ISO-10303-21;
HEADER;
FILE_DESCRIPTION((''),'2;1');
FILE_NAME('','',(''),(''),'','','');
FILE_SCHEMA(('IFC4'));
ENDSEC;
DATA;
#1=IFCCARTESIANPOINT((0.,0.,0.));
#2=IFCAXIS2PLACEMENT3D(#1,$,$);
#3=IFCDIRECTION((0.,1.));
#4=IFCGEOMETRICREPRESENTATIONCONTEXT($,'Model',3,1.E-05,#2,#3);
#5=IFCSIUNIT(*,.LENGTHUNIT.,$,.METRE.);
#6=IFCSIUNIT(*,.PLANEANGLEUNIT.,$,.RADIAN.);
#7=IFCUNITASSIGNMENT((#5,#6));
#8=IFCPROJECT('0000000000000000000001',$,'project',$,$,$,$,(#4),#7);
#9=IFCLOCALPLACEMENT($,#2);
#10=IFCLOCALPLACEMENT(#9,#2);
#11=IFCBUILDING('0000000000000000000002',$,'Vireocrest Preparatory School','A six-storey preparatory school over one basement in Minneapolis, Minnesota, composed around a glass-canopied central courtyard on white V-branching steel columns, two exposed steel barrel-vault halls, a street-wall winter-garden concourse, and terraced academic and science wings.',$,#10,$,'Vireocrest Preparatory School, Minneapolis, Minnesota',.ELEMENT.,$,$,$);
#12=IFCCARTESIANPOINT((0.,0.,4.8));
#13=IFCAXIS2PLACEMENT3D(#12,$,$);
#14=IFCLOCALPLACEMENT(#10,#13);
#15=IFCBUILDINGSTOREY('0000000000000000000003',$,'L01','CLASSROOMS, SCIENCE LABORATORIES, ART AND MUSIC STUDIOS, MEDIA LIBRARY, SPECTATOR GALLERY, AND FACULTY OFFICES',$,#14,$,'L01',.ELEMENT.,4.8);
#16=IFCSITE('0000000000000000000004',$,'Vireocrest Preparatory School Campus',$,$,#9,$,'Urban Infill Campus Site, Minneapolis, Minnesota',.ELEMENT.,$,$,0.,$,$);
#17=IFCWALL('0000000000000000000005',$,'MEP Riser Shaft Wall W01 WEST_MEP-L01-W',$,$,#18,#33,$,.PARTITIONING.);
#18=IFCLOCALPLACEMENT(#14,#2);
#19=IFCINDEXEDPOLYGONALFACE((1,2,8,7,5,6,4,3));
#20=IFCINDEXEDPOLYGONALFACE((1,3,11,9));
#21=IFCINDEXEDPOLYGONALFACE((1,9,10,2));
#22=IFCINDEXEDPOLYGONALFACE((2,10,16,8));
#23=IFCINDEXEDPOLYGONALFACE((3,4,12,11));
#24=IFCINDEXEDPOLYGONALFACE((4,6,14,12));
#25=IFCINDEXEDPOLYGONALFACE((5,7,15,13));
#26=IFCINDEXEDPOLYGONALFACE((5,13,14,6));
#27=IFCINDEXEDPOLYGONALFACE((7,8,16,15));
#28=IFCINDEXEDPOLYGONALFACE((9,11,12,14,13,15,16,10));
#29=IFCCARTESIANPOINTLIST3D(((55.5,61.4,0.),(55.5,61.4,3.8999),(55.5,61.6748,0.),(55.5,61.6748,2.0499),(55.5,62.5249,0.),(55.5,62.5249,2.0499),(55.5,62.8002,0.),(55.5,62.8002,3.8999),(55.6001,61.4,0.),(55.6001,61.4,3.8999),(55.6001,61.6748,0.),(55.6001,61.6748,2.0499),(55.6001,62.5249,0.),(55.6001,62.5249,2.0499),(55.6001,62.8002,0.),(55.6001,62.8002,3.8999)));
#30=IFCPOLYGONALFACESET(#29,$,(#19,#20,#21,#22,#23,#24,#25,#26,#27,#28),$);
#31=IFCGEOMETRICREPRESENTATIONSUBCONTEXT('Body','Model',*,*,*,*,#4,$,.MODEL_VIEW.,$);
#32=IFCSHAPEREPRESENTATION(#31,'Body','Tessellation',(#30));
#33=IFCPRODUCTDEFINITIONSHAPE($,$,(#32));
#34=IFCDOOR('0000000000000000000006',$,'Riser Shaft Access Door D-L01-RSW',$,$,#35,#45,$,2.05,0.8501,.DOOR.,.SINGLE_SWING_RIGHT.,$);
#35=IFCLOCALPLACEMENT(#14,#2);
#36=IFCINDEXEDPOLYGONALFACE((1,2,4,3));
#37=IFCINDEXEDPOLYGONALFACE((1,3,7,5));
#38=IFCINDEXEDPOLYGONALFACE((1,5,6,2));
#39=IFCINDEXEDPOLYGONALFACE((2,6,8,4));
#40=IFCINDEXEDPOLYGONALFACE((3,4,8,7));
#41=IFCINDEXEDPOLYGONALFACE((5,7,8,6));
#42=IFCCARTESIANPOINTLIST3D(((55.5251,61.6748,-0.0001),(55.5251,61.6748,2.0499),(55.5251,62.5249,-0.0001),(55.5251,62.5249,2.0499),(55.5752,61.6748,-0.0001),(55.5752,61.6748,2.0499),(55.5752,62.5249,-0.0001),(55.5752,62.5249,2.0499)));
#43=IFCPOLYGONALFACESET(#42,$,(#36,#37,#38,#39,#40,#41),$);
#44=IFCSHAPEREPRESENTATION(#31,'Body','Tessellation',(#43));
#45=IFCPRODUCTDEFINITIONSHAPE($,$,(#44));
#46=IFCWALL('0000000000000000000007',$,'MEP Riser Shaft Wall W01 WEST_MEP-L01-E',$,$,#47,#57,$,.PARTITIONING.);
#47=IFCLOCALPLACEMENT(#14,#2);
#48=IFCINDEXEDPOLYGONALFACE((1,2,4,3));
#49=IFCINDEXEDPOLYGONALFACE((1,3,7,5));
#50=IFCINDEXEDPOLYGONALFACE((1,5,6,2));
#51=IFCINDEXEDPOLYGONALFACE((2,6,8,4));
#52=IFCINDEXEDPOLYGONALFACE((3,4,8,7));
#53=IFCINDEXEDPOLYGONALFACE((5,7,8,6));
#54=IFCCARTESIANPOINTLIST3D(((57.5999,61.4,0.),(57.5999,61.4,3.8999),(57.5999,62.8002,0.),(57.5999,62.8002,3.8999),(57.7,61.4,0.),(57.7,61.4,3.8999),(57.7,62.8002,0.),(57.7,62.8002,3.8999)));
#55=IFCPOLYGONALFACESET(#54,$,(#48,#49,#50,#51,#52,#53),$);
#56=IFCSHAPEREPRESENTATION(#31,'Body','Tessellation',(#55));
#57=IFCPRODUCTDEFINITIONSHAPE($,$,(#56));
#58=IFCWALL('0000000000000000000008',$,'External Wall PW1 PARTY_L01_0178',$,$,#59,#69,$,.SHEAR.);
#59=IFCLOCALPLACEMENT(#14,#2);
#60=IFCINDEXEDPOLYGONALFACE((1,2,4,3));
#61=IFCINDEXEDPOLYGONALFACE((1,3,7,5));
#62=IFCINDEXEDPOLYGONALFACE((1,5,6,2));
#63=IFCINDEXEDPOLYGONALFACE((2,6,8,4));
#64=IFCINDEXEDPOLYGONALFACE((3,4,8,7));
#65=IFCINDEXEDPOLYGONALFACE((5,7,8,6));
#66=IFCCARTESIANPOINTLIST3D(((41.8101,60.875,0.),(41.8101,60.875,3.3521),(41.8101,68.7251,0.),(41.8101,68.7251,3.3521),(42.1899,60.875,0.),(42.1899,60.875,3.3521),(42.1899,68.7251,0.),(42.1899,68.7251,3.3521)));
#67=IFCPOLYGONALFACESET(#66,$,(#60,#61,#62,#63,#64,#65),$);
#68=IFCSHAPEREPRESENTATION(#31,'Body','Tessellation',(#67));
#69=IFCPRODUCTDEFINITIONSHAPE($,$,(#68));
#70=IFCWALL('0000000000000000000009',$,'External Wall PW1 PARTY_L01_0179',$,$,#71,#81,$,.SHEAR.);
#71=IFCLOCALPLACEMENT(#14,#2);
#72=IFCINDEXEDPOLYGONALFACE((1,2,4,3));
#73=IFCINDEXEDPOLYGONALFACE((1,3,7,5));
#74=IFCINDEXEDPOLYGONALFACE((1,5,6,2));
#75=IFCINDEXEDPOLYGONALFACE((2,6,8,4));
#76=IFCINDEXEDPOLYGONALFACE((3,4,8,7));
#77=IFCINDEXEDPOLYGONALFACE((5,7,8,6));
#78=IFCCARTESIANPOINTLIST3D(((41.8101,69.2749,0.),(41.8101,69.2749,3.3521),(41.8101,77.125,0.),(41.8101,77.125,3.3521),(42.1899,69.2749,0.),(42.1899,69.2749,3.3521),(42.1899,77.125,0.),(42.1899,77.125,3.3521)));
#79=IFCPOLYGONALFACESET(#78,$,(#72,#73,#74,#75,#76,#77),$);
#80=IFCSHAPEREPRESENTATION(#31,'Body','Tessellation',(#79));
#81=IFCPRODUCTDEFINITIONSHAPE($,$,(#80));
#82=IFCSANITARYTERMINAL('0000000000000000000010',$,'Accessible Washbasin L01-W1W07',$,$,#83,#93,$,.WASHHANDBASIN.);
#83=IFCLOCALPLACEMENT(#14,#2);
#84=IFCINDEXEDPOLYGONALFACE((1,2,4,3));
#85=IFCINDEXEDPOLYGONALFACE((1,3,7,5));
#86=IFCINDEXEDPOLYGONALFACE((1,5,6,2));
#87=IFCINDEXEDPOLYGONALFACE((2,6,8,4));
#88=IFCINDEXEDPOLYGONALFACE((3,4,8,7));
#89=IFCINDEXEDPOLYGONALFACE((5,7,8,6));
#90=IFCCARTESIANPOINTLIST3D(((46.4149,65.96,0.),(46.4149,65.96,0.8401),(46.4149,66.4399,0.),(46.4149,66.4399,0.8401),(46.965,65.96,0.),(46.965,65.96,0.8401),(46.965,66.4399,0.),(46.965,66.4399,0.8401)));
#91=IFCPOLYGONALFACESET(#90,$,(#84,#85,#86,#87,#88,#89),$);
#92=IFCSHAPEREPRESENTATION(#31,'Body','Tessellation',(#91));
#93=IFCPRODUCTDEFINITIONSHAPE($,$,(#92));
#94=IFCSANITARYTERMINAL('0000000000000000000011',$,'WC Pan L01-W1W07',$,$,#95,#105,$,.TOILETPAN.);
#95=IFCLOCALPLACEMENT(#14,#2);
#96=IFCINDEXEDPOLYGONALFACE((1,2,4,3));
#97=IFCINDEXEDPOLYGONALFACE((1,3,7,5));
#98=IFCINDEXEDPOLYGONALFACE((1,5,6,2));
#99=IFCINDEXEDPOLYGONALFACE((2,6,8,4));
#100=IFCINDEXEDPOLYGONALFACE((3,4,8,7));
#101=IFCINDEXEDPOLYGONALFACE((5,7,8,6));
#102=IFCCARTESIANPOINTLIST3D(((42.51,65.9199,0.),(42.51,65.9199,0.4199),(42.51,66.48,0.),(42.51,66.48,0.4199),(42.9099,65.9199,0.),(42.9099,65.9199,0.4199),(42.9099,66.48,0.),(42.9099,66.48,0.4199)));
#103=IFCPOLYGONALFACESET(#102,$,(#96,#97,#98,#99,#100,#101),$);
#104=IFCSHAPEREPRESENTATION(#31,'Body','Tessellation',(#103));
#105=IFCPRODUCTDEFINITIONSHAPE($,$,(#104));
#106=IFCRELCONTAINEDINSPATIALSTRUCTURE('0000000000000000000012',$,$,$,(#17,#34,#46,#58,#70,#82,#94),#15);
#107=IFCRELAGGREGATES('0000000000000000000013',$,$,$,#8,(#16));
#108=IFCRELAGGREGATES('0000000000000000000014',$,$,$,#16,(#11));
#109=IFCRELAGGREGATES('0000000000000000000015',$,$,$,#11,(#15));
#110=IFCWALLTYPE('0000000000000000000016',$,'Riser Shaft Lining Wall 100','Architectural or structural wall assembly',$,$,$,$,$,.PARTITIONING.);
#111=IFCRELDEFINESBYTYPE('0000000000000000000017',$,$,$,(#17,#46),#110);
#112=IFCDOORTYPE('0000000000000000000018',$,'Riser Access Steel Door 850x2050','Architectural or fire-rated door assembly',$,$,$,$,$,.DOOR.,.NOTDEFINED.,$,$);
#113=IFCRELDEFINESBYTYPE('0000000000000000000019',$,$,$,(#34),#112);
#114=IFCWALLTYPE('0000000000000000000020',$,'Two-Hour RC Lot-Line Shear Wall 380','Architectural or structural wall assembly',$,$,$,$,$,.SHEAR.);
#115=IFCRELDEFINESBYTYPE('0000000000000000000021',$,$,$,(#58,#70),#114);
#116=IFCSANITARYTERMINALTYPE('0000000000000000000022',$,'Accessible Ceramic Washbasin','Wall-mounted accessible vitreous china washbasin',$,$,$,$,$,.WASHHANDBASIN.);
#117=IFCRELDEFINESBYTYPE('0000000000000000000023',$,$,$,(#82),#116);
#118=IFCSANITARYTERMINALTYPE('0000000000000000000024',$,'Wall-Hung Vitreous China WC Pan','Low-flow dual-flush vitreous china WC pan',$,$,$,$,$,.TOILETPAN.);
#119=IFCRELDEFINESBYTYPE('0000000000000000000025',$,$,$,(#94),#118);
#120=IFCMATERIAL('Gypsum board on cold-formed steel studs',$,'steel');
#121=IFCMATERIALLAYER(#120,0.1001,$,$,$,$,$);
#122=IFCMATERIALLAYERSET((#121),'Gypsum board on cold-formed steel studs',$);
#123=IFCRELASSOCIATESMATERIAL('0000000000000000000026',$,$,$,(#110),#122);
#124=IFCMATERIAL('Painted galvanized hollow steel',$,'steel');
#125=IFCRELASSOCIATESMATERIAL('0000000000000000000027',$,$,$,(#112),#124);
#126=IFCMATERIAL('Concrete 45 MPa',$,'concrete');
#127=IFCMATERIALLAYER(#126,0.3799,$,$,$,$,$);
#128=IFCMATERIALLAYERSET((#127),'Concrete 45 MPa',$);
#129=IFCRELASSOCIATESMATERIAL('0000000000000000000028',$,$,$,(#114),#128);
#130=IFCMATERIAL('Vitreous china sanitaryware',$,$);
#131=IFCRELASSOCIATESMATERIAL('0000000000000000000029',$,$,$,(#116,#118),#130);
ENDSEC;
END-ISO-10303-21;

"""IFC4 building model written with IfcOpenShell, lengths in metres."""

from ifc_helpers import new_model, si_unit, direction, frame, frame_2d, origin, origin_2d, place, context, subcontext, project, spatial, rectangle, extrude, material, layer, layer_set, type_object, element, fill, save


model = new_model("IFC4")

# Units and contexts
model_context = context("Model", 3, precision=1e-05, world=origin(), true_north=direction((0.0, 1.0)))
body_context = subcontext(model_context, "Body", "Model", "MODEL_VIEW")
ifc_project = project(units=[si_unit("LENGTHUNIT", "METRE"), si_unit("PLANEANGLEUNIT", "RADIAN")], contexts=[model_context])

# Site, building, storey
site_placement = place(None, origin())
site = spatial("IfcSite", under=ifc_project, at=site_placement, Name="Vireocrest Preparatory School Campus", LongName="Urban Infill Campus Site, Minneapolis, Minnesota", CompositionType="ELEMENT", RefElevation=0.0)
building_placement = place(site_placement, origin())
building = spatial("IfcBuilding", under=site, at=building_placement, Name="Vireocrest Preparatory School", Description="A six-storey preparatory school over one basement in Minneapolis, Minnesota, composed around a glass-canopied central courtyard on white V-branching steel columns, two exposed steel barrel-vault halls, a street-wall winter-garden concourse, and terraced academic and science wings.", LongName="Vireocrest Preparatory School, Minneapolis, Minnesota", CompositionType="ELEMENT")
storey_placement = place(building_placement, frame((0.0, 0.0, 4.8)))
storey = spatial("IfcBuildingStorey", under=building, at=storey_placement, Name="L01", Description="CLASSROOMS, SCIENCE LABORATORIES, ART AND MUSIC STUDIOS, MEDIA LIBRARY, SPECTATOR GALLERY, AND FACULTY OFFICES", LongName="L01", CompositionType="ELEMENT", Elevation=4.8)

# Shared definitions
ifc_material_1 = material(Name="Concrete 45 MPa", Category="concrete")

# Shared definitions
ifc_material_2 = material(Name="Gypsum board on cold-formed steel studs", Category="steel")

# Shared definitions
ifc_layer_1 = layer(ifc_material_2, 0.1001)
ifc_layer_set_1 = layer_set([ifc_layer_1], Name="Gypsum board on cold-formed steel studs")
wall_type_1 = type_object("IfcWallType", Name="Riser Shaft Lining Wall 100", Description="Architectural or structural wall assembly", PredefinedType="PARTITIONING", material=ifc_layer_set_1)

# Wall, opening, door
wall_1_placement = place(storey_placement, frame((55.55, 61.3999, 0.0), z_axis=(0.0, 0.0, 1.0), x_axis=(0.0, 1.0, 0.0)))
wall_1 = element("IfcWall", 1, at=wall_1_placement, inside=storey, type_object=wall_type_1, Name="MEP Riser Shaft Wall W01 WEST_MEP-L01-W", PredefinedType="PARTITIONING", context=body_context, shape_type="SweptSolid", body=[
    extrude(rectangle(XDim=1.4001, YDim=0.1001, at=frame_2d((0.7002, 0.0))), origin(), (0.0, 0.0, 1.0), 3.8999),
])
opening_1_placement = place(wall_1_placement, frame((0.2749, 0.0, 0.0)))
opening_1 = element("IfcOpeningElement", 2, at=opening_1_placement, cuts=wall_1, PredefinedType="OPENING", context=body_context, shape_type="SweptSolid", body=[
    extrude(rectangle(XDim=0.8501, YDim=2.05, at=frame_2d((0.425, 1.0249))), frame((0.0, 0.0601, 0.0), z_axis=(0.0, -1.0, 0.0), x_axis=(1.0, 0.0, 0.0)), (0.0, 0.0, 1.0), 0.1201),
])
ifc_material_3 = material(Name="Painted galvanized hollow steel", Category="steel")
door_type_1 = type_object("IfcDoorType", Name="Riser Access Steel Door 850x2050", Description="Architectural or fire-rated door assembly", OperationType="NOTDEFINED", PredefinedType="DOOR", material=ifc_material_3)
door_1_placement = place(opening_1_placement, origin())
door_1 = element("IfcDoor", 3, at=door_1_placement, inside=storey, type_object=door_type_1, Name="Riser Shaft Access Door D-L01-RSW", OperationType="SINGLE_SWING_RIGHT", OverallHeight=2.05, OverallWidth=0.8501, PredefinedType="DOOR", context=body_context, shape_type="SweptSolid", body=[
    extrude(rectangle(XDim=0.8501, YDim=2.05, at=frame_2d((0.425, 1.0249))), frame((0.0, 0.0249, 0.0), z_axis=(0.0, -1.0, 0.0), x_axis=(1.0, 0.0, 0.0)), (0.0, 0.0, 1.0), 0.05),
])
fill(opening_1, door_1)

# Walls
wall_2_placement = place(storey_placement, frame((57.6499, 61.3999, 0.0), z_axis=(0.0, 0.0, 1.0), x_axis=(0.0, 1.0, 0.0)))
element("IfcWall", 4, at=wall_2_placement, inside=storey, type_object=wall_type_1, Name="MEP Riser Shaft Wall W01 WEST_MEP-L01-E", PredefinedType="PARTITIONING", context=body_context, shape_type="SweptSolid", body=[
    extrude(rectangle(XDim=1.4001, YDim=0.1001, at=frame_2d((0.7002, 0.0))), origin(), (0.0, 0.0, 1.0), 3.8999),
])
ifc_layer_2 = layer(ifc_material_1, 0.3799)
ifc_layer_set_2 = layer_set([ifc_layer_2], Name="Concrete 45 MPa")
wall_type_2 = type_object("IfcWallType", Name="Two-Hour RC Lot-Line Shear Wall 380", Description="Architectural or structural wall assembly", PredefinedType="SHEAR", material=ifc_layer_set_2)
for number, where, z_axis, x_axis, name in (
    (5, (42.0, 60.875, 0.0), (0.0, 0.0, 1.0), (0.0, 1.0, 0.0), "External Wall PW1 PARTY_L01_0178"),
    (6, (42.0, 69.2749, 0.0), (0.0, 0.0, 1.0), (0.0, 1.0, 0.0), "External Wall PW1 PARTY_L01_0179"),
):
    element("IfcWall", number, at=place(storey_placement, frame(where, z_axis=z_axis, x_axis=x_axis)), inside=storey, type_object=wall_type_2, Name=name, PredefinedType="SHEAR", context=body_context, shape_type="SweptSolid", body=[
        extrude(rectangle(XDim=7.8501, YDim=0.3799, at=frame_2d((3.925, 0.0))), origin(), (0.0, 0.0, 1.0), 3.3521),
    ])

# Sanitary terminals
ifc_material_4 = material(Name="Vitreous china sanitaryware")
sanitary_terminal_type_1 = type_object("IfcSanitaryTerminalType", Name="Accessible Ceramic Washbasin", Description="Wall-mounted accessible vitreous china washbasin", PredefinedType="WASHHANDBASIN", material=ifc_material_4)
sanitary_terminal_1_placement = place(storey_placement, frame((46.6899, 66.2, 0.0), z_axis=(0.0, 0.0, 1.0), x_axis=(1.0, 0.0, 0.0)))
element("IfcSanitaryTerminal", 7, at=sanitary_terminal_1_placement, inside=storey, type_object=sanitary_terminal_type_1, Name="Accessible Washbasin L01-W1W07", PredefinedType="WASHHANDBASIN", context=body_context, shape_type="SweptSolid", body=[
    extrude(rectangle(XDim=0.55, YDim=0.48, at=origin_2d()), origin(), (0.0, 0.0, 1.0), 0.8401),
])
sanitary_terminal_type_2 = type_object("IfcSanitaryTerminalType", Name="Wall-Hung Vitreous China WC Pan", Description="Low-flow dual-flush vitreous china WC pan", PredefinedType="TOILETPAN", material=ifc_material_4)
sanitary_terminal_2_placement = place(storey_placement, frame((42.71, 66.2, 0.0), z_axis=(0.0, 0.0, 1.0), x_axis=(1.0, 0.0, 0.0)))
element("IfcSanitaryTerminal", 8, at=sanitary_terminal_2_placement, inside=storey, type_object=sanitary_terminal_type_2, Name="WC Pan L01-W1W07", PredefinedType="TOILETPAN", context=body_context, shape_type="SweptSolid", body=[
    extrude(rectangle(XDim=0.3999, YDim=0.5601, at=origin_2d()), origin(), (0.0, 0.0, 1.0), 0.4199),
])

save(model, "model.ifc")
